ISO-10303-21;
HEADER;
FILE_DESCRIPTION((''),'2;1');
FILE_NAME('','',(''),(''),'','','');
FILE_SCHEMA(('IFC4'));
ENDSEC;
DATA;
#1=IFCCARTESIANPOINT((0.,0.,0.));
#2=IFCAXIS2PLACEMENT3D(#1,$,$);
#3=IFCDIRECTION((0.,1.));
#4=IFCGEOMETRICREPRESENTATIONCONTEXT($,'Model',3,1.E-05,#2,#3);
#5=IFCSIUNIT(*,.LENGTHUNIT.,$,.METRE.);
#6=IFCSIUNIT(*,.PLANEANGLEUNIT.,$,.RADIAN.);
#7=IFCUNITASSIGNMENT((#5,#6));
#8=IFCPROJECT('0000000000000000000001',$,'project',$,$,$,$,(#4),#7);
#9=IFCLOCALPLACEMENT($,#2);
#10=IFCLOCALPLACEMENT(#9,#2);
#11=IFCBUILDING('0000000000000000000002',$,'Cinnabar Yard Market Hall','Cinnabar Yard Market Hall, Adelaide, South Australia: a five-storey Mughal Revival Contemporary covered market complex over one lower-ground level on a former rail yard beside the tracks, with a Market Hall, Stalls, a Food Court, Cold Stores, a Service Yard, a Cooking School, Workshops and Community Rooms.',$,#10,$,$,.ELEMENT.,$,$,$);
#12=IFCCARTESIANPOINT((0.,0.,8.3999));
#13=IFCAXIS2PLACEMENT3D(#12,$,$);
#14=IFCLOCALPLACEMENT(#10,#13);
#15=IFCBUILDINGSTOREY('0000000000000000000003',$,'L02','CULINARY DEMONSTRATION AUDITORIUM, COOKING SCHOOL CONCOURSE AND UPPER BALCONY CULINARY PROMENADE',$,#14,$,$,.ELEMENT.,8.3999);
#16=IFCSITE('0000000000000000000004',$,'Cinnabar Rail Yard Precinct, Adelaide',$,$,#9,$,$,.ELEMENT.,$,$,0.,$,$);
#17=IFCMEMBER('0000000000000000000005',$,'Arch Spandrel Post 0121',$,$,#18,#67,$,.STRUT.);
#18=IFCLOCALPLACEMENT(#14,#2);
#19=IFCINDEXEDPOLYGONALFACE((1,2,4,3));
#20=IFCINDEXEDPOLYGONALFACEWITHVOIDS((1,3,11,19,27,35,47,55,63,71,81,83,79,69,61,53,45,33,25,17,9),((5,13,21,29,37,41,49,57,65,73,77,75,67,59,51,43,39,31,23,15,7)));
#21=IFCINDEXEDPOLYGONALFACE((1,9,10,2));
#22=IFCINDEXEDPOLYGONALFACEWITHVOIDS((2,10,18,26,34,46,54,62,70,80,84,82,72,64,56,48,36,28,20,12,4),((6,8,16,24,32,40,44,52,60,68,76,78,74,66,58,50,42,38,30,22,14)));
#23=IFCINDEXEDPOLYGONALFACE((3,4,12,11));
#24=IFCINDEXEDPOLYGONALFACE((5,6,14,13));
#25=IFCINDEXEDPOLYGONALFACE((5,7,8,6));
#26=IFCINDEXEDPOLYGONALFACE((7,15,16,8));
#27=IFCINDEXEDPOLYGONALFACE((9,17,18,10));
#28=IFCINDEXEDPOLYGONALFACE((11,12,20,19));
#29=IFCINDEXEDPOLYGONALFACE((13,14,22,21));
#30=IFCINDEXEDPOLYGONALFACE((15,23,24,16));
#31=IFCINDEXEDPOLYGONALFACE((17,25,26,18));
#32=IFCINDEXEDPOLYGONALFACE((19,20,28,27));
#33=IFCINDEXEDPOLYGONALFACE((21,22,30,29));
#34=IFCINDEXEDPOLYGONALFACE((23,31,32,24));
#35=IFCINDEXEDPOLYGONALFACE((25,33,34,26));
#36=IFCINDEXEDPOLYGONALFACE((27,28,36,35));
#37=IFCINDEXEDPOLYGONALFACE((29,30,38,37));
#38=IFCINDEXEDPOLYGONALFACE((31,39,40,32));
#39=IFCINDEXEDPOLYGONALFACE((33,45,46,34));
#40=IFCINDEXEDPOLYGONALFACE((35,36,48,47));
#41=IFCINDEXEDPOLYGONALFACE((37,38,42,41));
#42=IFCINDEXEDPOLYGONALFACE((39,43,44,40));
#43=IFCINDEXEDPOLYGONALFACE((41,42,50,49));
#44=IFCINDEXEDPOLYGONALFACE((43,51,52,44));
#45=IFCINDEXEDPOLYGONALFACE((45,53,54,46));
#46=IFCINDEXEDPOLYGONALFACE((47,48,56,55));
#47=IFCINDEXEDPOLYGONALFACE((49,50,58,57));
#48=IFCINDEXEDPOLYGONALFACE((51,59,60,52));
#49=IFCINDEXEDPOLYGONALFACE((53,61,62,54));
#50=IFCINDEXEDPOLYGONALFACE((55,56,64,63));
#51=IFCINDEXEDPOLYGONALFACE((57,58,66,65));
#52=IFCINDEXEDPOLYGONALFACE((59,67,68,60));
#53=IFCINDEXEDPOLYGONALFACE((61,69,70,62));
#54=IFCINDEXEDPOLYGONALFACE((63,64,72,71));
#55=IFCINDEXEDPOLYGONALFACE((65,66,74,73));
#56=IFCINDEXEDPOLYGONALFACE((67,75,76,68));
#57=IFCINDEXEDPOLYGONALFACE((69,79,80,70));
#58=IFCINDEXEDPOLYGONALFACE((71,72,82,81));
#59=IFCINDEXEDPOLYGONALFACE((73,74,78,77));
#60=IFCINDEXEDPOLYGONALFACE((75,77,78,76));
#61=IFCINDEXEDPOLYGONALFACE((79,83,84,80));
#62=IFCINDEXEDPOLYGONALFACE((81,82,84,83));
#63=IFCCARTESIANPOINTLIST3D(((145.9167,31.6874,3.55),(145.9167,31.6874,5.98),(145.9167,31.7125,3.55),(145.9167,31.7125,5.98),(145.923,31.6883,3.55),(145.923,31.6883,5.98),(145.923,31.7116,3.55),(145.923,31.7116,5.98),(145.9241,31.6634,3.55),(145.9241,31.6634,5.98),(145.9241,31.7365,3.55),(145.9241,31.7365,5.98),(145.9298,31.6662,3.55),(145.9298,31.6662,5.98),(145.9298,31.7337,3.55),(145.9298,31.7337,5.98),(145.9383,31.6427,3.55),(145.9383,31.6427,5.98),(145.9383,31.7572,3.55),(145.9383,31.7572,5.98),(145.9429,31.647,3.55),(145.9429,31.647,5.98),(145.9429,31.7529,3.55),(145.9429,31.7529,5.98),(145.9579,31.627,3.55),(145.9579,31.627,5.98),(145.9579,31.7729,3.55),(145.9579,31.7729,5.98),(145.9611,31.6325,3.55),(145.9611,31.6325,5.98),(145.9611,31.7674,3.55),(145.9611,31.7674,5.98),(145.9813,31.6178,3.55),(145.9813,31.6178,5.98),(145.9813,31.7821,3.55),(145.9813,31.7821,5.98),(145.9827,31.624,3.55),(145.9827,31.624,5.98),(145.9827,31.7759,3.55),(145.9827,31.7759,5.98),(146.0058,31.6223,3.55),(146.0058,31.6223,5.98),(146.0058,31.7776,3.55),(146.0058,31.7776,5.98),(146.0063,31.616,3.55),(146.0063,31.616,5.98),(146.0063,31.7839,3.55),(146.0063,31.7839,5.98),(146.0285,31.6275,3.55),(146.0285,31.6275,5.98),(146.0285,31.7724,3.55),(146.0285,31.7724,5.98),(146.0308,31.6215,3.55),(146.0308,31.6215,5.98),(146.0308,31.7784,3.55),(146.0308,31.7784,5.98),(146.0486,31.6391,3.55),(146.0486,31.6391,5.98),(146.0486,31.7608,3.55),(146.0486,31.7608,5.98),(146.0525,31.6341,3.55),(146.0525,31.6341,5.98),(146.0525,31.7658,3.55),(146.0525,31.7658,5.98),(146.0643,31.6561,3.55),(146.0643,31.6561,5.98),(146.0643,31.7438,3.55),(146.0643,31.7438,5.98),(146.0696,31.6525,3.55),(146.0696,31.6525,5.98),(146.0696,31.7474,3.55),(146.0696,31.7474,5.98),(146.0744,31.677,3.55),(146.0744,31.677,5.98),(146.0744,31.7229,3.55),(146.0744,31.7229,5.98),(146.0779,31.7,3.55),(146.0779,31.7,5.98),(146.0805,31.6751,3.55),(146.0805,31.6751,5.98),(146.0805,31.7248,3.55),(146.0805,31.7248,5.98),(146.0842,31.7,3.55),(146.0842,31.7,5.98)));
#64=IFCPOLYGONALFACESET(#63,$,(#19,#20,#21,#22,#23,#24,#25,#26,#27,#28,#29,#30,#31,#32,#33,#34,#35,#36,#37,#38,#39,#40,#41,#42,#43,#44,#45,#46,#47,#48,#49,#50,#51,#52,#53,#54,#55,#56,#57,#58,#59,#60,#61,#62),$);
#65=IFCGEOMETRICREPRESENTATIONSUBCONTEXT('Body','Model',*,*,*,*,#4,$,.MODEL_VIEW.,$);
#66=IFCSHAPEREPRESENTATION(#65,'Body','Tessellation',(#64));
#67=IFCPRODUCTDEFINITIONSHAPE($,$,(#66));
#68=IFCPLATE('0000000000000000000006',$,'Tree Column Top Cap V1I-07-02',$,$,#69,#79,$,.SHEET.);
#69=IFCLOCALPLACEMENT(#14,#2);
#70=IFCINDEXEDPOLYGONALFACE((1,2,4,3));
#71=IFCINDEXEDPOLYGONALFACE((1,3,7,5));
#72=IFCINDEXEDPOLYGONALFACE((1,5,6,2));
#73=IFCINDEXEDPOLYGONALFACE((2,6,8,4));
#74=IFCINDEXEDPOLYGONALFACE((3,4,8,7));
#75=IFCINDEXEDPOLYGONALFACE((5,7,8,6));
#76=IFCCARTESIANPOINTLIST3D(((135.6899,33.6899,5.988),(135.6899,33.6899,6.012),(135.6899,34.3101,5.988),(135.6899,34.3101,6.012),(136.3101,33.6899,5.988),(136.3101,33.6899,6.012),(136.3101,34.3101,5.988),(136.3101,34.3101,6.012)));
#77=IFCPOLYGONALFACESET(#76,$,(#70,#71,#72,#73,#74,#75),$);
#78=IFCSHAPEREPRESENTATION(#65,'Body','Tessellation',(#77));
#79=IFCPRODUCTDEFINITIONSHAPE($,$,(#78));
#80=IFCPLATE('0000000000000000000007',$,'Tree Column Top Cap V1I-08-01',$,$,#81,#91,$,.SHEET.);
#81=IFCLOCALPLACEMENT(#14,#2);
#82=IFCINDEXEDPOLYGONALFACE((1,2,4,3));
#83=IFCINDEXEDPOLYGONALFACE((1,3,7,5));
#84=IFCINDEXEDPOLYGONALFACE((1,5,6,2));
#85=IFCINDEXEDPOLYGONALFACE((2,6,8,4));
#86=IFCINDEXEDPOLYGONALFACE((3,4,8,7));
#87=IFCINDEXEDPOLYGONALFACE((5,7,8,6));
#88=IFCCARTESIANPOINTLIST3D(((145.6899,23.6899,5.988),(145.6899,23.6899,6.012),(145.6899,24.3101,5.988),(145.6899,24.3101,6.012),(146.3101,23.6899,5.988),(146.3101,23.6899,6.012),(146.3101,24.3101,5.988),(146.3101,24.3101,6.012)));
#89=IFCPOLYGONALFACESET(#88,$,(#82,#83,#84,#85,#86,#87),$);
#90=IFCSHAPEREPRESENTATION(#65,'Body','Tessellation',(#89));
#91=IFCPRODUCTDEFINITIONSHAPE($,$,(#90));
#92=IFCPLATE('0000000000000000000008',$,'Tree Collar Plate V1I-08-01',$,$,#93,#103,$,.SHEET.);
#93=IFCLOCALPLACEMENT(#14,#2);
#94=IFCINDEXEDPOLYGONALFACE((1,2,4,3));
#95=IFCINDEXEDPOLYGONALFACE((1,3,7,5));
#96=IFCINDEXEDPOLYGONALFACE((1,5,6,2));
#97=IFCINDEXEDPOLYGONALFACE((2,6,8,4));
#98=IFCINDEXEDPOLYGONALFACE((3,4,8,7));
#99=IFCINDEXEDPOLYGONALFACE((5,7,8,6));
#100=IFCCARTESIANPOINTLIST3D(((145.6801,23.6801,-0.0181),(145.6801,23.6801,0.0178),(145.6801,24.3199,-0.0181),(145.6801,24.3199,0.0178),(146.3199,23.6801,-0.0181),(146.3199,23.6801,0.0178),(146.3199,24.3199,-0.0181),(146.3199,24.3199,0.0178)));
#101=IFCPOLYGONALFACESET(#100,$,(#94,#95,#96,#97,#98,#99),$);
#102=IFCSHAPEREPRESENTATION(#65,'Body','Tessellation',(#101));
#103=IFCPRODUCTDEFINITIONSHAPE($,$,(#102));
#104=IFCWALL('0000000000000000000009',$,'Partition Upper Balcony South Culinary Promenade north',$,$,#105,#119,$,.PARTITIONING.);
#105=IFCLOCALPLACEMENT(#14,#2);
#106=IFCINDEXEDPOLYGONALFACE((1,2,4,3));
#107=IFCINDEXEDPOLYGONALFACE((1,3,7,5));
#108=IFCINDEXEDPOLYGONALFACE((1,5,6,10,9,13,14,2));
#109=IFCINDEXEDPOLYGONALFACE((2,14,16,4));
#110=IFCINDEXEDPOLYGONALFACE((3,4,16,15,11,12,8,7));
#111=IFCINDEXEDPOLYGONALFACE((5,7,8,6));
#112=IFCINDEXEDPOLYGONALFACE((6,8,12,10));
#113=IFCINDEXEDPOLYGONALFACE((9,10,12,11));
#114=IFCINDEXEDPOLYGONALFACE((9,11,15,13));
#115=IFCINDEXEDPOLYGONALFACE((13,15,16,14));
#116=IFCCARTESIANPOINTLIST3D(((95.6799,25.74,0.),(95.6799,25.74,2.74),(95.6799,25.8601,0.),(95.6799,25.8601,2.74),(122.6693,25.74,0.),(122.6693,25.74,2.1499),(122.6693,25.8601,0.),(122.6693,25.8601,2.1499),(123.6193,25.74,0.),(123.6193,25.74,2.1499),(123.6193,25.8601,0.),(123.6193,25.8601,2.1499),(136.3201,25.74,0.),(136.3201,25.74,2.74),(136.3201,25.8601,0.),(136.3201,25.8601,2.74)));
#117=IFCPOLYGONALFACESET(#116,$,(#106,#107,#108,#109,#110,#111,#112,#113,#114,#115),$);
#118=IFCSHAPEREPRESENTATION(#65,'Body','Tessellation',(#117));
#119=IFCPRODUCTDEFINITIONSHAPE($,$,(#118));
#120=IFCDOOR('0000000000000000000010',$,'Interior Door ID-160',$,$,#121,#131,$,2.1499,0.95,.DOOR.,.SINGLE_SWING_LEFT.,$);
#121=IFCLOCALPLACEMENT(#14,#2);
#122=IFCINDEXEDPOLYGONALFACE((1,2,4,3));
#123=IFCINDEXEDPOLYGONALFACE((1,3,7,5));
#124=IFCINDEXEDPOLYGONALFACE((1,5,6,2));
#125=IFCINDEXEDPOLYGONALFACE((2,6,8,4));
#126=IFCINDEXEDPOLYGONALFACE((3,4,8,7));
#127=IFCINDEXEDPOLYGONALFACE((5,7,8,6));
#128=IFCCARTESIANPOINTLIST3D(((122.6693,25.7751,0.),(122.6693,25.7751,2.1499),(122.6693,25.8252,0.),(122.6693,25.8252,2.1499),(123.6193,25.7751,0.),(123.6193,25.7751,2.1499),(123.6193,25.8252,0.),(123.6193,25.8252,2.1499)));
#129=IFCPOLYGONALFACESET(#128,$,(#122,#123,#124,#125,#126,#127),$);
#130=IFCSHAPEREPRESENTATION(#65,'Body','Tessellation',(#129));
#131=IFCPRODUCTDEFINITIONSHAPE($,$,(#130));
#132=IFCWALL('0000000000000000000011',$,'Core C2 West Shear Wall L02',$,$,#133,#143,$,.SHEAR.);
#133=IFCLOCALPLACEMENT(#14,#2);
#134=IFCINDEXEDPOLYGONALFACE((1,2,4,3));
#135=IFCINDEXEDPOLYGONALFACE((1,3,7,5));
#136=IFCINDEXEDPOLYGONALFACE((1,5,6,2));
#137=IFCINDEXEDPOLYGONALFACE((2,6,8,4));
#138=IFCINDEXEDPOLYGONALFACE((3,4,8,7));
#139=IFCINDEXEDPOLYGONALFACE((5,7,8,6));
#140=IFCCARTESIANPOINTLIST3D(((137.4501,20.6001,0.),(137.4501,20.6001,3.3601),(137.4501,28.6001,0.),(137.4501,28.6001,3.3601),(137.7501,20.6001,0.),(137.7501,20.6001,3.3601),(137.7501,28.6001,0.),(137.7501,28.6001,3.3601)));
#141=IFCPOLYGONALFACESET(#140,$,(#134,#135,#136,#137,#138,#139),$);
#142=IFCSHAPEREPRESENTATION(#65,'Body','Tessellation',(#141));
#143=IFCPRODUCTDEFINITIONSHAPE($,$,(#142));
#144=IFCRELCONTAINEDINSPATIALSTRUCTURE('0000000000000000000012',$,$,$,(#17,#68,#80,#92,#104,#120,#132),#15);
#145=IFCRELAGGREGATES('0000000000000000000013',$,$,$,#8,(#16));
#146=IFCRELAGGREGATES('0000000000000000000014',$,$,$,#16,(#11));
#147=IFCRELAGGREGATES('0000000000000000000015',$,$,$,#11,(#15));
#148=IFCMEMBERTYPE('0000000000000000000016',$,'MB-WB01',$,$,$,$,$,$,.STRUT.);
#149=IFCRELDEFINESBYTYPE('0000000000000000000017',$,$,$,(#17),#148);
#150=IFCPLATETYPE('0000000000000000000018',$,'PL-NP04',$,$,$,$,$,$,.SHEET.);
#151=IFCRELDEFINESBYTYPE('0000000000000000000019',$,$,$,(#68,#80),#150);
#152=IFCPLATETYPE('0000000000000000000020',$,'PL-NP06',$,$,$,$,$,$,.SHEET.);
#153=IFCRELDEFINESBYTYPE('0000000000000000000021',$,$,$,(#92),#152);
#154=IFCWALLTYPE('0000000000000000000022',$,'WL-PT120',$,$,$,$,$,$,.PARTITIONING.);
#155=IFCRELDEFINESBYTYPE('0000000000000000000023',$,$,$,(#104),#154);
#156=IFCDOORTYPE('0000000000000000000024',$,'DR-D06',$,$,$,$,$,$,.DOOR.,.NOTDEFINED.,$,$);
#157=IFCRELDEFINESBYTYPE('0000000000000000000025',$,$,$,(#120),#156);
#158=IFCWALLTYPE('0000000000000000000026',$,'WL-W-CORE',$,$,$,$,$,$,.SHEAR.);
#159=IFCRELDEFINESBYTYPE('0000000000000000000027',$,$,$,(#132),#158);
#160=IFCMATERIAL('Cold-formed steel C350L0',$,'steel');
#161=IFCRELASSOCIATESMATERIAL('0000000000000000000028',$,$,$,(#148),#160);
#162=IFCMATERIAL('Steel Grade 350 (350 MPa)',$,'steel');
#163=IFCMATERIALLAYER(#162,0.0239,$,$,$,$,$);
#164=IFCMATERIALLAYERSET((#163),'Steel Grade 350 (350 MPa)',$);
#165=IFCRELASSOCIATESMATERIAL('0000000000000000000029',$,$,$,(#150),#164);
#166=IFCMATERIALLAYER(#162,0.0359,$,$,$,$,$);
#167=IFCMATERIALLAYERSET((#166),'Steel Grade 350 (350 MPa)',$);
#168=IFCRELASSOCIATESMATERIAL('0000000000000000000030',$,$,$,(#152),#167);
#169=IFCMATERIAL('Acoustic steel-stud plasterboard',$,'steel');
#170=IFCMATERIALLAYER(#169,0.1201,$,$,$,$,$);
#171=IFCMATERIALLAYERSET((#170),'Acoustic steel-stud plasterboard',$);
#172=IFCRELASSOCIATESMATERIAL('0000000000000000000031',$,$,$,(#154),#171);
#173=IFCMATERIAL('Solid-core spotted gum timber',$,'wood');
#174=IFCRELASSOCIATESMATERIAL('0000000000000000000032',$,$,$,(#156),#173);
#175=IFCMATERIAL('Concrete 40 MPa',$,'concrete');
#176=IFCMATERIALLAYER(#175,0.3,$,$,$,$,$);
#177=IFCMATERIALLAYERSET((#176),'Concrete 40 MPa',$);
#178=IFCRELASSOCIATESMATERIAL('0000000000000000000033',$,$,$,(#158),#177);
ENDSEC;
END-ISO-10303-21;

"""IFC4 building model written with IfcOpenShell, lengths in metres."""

from ifc_helpers import new_model, si_unit, direction, frame, frame_2d, origin, origin_2d_with_axis, place, context, subcontext, project, spatial, rectangle, hollow_circle, extrude, material, layer, layer_set, material_profile, profile_set, type_object, element, fill, save


model = new_model("IFC4")

# Units and contexts
model_context = context("Model", 3, precision=1e-05, world=origin(), true_north=direction((0.0, 1.0)))
body_context = subcontext(model_context, "Body", "Model", "MODEL_VIEW")
ifc_project = project(units=[si_unit("LENGTHUNIT", "METRE"), si_unit("PLANEANGLEUNIT", "RADIAN")], contexts=[model_context])

# Site, building, storey
site_placement = place(None, origin())
site = spatial("IfcSite", under=ifc_project, at=site_placement, Name="Cinnabar Rail Yard Precinct, Adelaide", CompositionType="ELEMENT", RefElevation=0.0)
building_placement = place(site_placement, origin())
building = spatial("IfcBuilding", under=site, at=building_placement, Name="Cinnabar Yard Market Hall", Description="Cinnabar Yard Market Hall, Adelaide, South Australia: a five-storey Mughal Revival Contemporary covered market complex over one lower-ground level on a former rail yard beside the tracks, with a Market Hall, Stalls, a Food Court, Cold Stores, a Service Yard, a Cooking School, Workshops and Community Rooms.", CompositionType="ELEMENT")
storey_placement = place(building_placement, frame((0.0, 0.0, 8.3999)))
storey = spatial("IfcBuildingStorey", under=building, at=storey_placement, Name="L02", Description="CULINARY DEMONSTRATION AUDITORIUM, COOKING SCHOOL CONCOURSE AND UPPER BALCONY CULINARY PROMENADE", CompositionType="ELEMENT", Elevation=8.3999)

# Member
ifc_material_1 = material(Name="Cold-formed steel C350L0", Category="steel")
ifc_material_profile_1 = material_profile(ifc_material_1, hollow_circle(Radius=0.0842, WallThickness=0.0063, at=origin_2d_with_axis()), Name="168.3x6.4CHS")
ifc_profile_set_1 = profile_set([ifc_material_profile_1], Name="Cold-formed steel C350L0")
member_type_1 = type_object("IfcMemberType", Name="MB-WB01", PredefinedType="STRUT", material=ifc_profile_set_1)
for number, where, z_axis, x_axis, name in (
    (1, (146.0, 31.7, 3.55), (0.0, 0.0, 1.0), (1.0, 0.0, 0.0), "Arch Spandrel Post 0121"),
):
    element("IfcMember", number, at=place(storey_placement, frame(where, z_axis=z_axis, x_axis=x_axis)), inside=storey, type_object=member_type_1, Name=name, PredefinedType="STRUT", context=body_context, shape_type="SweptSolid", body=[
        extrude(hollow_circle(Radius=0.0842, WallThickness=0.0063, at=origin_2d_with_axis()), origin(), (0.0, 0.0, 1.0), 2.4299),
    ])

# Plates
ifc_material_2 = material(Name="Steel Grade 350 (350 MPa)", Category="steel")
ifc_layer_1 = layer(ifc_material_2, 0.0239)
ifc_layer_set_1 = layer_set([ifc_layer_1], Name="Steel Grade 350 (350 MPa)")
plate_type_1 = type_object("IfcPlateType", Name="PL-NP04", PredefinedType="SHEET", material=ifc_layer_set_1)
for number, where, z_axis, x_axis, name in (
    (2, (136.0, 34.0, 5.988), (0.0, 0.0, 1.0), (1.0, 0.0, 0.0), "Tree Column Top Cap V1I-07-02"),
    (3, (146.0, 24.0, 5.988), (0.0, 0.0, 1.0), (1.0, 0.0, 0.0), "Tree Column Top Cap V1I-08-01"),
):
    element("IfcPlate", number, at=place(storey_placement, frame(where, z_axis=z_axis, x_axis=x_axis)), inside=storey, type_object=plate_type_1, Name=name, PredefinedType="SHEET", context=body_context, shape_type="SweptSolid", body=[
        extrude(rectangle(XDim=0.6201, YDim=0.6201, at=origin_2d_with_axis()), origin(), (0.0, 0.0, 1.0), 0.0239),
    ])
ifc_layer_2 = layer(ifc_material_2, 0.0359)
ifc_layer_set_2 = layer_set([ifc_layer_2], Name="Steel Grade 350 (350 MPa)")
plate_type_2 = type_object("IfcPlateType", Name="PL-NP06", PredefinedType="SHEET", material=ifc_layer_set_2)
plate_placement = place(storey_placement, frame((146.0, 24.0, -0.0181), z_axis=(0.0, 0.0, 1.0), x_axis=(1.0, 0.0, 0.0)))
element("IfcPlate", 4, at=plate_placement, inside=storey, type_object=plate_type_2, Name="Tree Collar Plate V1I-08-01", PredefinedType="SHEET", context=body_context, shape_type="SweptSolid", body=[
    extrude(rectangle(XDim=0.6399, YDim=0.6399, at=origin_2d_with_axis()), origin(), (0.0, 0.0, 1.0), 0.0359),
])

# Wall, opening, door
ifc_material_3 = material(Name="Acoustic steel-stud plasterboard", Category="steel")
ifc_layer_3 = layer(ifc_material_3, 0.1201)
ifc_layer_set_3 = layer_set([ifc_layer_3], Name="Acoustic steel-stud plasterboard")
wall_type_1 = type_object("IfcWallType", Name="WL-PT120", PredefinedType="PARTITIONING", material=ifc_layer_set_3)
wall_1_placement = place(storey_placement, frame((136.3201, 25.8, 0.0), z_axis=(0.0, 0.0, 1.0), x_axis=(-1.0, 0.0, 0.0)))
wall_1 = element("IfcWall", 5, at=wall_1_placement, inside=storey, type_object=wall_type_1, Name="Partition Upper Balcony South Culinary Promenade north", PredefinedType="PARTITIONING", context=body_context, shape_type="SweptSolid", body=[
    extrude(rectangle(XDim=40.6401, YDim=0.1201, at=frame_2d((20.3201, 0.0), x_axis=(1.0, 0.0))), origin(), (0.0, 0.0, 1.0), 2.74),
])
opening_1_placement = place(wall_1_placement, frame((12.7007, 0.0, 0.0)))
opening_1 = element("IfcOpeningElement", 6, at=opening_1_placement, cuts=wall_1, PredefinedType="OPENING", context=body_context, shape_type="SweptSolid", body=[
    extrude(rectangle(XDim=0.95, YDim=2.1499, at=frame_2d((0.4751, 1.075), x_axis=(1.0, 0.0))), frame((0.0, 0.0701, 0.0), z_axis=(0.0, -1.0, 0.0), x_axis=(1.0, 0.0, 0.0)), (0.0, 0.0, 1.0), 0.1401),
])
ifc_material_4 = material(Name="Solid-core spotted gum timber", Category="wood")
door_type_1 = type_object("IfcDoorType", Name="DR-D06", OperationType="NOTDEFINED", PredefinedType="DOOR", material=ifc_material_4)
door_1_placement = place(opening_1_placement, origin())
door_1 = element("IfcDoor", 7, at=door_1_placement, inside=storey, type_object=door_type_1, Name="Interior Door ID-160", OperationType="SINGLE_SWING_LEFT", OverallHeight=2.1499, OverallWidth=0.95, PredefinedType="DOOR", context=body_context, shape_type="SweptSolid", body=[
    extrude(rectangle(XDim=0.95, YDim=2.1499, at=frame_2d((0.4751, 1.075), x_axis=(1.0, 0.0))), frame((0.0, 0.0249, 0.0), z_axis=(0.0, -1.0, 0.0), x_axis=(1.0, 0.0, 0.0)), (0.0, 0.0, 1.0), 0.05),
])
fill(opening_1, door_1)

# Wall
ifc_material_5 = material(Name="Concrete 40 MPa", Category="concrete")
ifc_layer_4 = layer(ifc_material_5, 0.3)
ifc_layer_set_4 = layer_set([ifc_layer_4], Name="Concrete 40 MPa")
wall_type_2 = type_object("IfcWallType", Name="WL-W-CORE", PredefinedType="SHEAR", material=ifc_layer_set_4)
wall_2_placement = place(storey_placement, frame((137.6001, 28.6001, 0.0), z_axis=(0.0, 0.0, 1.0), x_axis=(0.0, -1.0, 0.0)))
element("IfcWall", 8, at=wall_2_placement, inside=storey, type_object=wall_type_2, Name="Core C2 West Shear Wall L02", PredefinedType="SHEAR", context=body_context, shape_type="SweptSolid", body=[
    extrude(rectangle(XDim=8.0, YDim=0.3, at=frame_2d((4.0, 0.0), x_axis=(1.0, 0.0))), origin(), (0.0, 0.0, 1.0), 3.3601),
])

save(model, "model.ifc")
